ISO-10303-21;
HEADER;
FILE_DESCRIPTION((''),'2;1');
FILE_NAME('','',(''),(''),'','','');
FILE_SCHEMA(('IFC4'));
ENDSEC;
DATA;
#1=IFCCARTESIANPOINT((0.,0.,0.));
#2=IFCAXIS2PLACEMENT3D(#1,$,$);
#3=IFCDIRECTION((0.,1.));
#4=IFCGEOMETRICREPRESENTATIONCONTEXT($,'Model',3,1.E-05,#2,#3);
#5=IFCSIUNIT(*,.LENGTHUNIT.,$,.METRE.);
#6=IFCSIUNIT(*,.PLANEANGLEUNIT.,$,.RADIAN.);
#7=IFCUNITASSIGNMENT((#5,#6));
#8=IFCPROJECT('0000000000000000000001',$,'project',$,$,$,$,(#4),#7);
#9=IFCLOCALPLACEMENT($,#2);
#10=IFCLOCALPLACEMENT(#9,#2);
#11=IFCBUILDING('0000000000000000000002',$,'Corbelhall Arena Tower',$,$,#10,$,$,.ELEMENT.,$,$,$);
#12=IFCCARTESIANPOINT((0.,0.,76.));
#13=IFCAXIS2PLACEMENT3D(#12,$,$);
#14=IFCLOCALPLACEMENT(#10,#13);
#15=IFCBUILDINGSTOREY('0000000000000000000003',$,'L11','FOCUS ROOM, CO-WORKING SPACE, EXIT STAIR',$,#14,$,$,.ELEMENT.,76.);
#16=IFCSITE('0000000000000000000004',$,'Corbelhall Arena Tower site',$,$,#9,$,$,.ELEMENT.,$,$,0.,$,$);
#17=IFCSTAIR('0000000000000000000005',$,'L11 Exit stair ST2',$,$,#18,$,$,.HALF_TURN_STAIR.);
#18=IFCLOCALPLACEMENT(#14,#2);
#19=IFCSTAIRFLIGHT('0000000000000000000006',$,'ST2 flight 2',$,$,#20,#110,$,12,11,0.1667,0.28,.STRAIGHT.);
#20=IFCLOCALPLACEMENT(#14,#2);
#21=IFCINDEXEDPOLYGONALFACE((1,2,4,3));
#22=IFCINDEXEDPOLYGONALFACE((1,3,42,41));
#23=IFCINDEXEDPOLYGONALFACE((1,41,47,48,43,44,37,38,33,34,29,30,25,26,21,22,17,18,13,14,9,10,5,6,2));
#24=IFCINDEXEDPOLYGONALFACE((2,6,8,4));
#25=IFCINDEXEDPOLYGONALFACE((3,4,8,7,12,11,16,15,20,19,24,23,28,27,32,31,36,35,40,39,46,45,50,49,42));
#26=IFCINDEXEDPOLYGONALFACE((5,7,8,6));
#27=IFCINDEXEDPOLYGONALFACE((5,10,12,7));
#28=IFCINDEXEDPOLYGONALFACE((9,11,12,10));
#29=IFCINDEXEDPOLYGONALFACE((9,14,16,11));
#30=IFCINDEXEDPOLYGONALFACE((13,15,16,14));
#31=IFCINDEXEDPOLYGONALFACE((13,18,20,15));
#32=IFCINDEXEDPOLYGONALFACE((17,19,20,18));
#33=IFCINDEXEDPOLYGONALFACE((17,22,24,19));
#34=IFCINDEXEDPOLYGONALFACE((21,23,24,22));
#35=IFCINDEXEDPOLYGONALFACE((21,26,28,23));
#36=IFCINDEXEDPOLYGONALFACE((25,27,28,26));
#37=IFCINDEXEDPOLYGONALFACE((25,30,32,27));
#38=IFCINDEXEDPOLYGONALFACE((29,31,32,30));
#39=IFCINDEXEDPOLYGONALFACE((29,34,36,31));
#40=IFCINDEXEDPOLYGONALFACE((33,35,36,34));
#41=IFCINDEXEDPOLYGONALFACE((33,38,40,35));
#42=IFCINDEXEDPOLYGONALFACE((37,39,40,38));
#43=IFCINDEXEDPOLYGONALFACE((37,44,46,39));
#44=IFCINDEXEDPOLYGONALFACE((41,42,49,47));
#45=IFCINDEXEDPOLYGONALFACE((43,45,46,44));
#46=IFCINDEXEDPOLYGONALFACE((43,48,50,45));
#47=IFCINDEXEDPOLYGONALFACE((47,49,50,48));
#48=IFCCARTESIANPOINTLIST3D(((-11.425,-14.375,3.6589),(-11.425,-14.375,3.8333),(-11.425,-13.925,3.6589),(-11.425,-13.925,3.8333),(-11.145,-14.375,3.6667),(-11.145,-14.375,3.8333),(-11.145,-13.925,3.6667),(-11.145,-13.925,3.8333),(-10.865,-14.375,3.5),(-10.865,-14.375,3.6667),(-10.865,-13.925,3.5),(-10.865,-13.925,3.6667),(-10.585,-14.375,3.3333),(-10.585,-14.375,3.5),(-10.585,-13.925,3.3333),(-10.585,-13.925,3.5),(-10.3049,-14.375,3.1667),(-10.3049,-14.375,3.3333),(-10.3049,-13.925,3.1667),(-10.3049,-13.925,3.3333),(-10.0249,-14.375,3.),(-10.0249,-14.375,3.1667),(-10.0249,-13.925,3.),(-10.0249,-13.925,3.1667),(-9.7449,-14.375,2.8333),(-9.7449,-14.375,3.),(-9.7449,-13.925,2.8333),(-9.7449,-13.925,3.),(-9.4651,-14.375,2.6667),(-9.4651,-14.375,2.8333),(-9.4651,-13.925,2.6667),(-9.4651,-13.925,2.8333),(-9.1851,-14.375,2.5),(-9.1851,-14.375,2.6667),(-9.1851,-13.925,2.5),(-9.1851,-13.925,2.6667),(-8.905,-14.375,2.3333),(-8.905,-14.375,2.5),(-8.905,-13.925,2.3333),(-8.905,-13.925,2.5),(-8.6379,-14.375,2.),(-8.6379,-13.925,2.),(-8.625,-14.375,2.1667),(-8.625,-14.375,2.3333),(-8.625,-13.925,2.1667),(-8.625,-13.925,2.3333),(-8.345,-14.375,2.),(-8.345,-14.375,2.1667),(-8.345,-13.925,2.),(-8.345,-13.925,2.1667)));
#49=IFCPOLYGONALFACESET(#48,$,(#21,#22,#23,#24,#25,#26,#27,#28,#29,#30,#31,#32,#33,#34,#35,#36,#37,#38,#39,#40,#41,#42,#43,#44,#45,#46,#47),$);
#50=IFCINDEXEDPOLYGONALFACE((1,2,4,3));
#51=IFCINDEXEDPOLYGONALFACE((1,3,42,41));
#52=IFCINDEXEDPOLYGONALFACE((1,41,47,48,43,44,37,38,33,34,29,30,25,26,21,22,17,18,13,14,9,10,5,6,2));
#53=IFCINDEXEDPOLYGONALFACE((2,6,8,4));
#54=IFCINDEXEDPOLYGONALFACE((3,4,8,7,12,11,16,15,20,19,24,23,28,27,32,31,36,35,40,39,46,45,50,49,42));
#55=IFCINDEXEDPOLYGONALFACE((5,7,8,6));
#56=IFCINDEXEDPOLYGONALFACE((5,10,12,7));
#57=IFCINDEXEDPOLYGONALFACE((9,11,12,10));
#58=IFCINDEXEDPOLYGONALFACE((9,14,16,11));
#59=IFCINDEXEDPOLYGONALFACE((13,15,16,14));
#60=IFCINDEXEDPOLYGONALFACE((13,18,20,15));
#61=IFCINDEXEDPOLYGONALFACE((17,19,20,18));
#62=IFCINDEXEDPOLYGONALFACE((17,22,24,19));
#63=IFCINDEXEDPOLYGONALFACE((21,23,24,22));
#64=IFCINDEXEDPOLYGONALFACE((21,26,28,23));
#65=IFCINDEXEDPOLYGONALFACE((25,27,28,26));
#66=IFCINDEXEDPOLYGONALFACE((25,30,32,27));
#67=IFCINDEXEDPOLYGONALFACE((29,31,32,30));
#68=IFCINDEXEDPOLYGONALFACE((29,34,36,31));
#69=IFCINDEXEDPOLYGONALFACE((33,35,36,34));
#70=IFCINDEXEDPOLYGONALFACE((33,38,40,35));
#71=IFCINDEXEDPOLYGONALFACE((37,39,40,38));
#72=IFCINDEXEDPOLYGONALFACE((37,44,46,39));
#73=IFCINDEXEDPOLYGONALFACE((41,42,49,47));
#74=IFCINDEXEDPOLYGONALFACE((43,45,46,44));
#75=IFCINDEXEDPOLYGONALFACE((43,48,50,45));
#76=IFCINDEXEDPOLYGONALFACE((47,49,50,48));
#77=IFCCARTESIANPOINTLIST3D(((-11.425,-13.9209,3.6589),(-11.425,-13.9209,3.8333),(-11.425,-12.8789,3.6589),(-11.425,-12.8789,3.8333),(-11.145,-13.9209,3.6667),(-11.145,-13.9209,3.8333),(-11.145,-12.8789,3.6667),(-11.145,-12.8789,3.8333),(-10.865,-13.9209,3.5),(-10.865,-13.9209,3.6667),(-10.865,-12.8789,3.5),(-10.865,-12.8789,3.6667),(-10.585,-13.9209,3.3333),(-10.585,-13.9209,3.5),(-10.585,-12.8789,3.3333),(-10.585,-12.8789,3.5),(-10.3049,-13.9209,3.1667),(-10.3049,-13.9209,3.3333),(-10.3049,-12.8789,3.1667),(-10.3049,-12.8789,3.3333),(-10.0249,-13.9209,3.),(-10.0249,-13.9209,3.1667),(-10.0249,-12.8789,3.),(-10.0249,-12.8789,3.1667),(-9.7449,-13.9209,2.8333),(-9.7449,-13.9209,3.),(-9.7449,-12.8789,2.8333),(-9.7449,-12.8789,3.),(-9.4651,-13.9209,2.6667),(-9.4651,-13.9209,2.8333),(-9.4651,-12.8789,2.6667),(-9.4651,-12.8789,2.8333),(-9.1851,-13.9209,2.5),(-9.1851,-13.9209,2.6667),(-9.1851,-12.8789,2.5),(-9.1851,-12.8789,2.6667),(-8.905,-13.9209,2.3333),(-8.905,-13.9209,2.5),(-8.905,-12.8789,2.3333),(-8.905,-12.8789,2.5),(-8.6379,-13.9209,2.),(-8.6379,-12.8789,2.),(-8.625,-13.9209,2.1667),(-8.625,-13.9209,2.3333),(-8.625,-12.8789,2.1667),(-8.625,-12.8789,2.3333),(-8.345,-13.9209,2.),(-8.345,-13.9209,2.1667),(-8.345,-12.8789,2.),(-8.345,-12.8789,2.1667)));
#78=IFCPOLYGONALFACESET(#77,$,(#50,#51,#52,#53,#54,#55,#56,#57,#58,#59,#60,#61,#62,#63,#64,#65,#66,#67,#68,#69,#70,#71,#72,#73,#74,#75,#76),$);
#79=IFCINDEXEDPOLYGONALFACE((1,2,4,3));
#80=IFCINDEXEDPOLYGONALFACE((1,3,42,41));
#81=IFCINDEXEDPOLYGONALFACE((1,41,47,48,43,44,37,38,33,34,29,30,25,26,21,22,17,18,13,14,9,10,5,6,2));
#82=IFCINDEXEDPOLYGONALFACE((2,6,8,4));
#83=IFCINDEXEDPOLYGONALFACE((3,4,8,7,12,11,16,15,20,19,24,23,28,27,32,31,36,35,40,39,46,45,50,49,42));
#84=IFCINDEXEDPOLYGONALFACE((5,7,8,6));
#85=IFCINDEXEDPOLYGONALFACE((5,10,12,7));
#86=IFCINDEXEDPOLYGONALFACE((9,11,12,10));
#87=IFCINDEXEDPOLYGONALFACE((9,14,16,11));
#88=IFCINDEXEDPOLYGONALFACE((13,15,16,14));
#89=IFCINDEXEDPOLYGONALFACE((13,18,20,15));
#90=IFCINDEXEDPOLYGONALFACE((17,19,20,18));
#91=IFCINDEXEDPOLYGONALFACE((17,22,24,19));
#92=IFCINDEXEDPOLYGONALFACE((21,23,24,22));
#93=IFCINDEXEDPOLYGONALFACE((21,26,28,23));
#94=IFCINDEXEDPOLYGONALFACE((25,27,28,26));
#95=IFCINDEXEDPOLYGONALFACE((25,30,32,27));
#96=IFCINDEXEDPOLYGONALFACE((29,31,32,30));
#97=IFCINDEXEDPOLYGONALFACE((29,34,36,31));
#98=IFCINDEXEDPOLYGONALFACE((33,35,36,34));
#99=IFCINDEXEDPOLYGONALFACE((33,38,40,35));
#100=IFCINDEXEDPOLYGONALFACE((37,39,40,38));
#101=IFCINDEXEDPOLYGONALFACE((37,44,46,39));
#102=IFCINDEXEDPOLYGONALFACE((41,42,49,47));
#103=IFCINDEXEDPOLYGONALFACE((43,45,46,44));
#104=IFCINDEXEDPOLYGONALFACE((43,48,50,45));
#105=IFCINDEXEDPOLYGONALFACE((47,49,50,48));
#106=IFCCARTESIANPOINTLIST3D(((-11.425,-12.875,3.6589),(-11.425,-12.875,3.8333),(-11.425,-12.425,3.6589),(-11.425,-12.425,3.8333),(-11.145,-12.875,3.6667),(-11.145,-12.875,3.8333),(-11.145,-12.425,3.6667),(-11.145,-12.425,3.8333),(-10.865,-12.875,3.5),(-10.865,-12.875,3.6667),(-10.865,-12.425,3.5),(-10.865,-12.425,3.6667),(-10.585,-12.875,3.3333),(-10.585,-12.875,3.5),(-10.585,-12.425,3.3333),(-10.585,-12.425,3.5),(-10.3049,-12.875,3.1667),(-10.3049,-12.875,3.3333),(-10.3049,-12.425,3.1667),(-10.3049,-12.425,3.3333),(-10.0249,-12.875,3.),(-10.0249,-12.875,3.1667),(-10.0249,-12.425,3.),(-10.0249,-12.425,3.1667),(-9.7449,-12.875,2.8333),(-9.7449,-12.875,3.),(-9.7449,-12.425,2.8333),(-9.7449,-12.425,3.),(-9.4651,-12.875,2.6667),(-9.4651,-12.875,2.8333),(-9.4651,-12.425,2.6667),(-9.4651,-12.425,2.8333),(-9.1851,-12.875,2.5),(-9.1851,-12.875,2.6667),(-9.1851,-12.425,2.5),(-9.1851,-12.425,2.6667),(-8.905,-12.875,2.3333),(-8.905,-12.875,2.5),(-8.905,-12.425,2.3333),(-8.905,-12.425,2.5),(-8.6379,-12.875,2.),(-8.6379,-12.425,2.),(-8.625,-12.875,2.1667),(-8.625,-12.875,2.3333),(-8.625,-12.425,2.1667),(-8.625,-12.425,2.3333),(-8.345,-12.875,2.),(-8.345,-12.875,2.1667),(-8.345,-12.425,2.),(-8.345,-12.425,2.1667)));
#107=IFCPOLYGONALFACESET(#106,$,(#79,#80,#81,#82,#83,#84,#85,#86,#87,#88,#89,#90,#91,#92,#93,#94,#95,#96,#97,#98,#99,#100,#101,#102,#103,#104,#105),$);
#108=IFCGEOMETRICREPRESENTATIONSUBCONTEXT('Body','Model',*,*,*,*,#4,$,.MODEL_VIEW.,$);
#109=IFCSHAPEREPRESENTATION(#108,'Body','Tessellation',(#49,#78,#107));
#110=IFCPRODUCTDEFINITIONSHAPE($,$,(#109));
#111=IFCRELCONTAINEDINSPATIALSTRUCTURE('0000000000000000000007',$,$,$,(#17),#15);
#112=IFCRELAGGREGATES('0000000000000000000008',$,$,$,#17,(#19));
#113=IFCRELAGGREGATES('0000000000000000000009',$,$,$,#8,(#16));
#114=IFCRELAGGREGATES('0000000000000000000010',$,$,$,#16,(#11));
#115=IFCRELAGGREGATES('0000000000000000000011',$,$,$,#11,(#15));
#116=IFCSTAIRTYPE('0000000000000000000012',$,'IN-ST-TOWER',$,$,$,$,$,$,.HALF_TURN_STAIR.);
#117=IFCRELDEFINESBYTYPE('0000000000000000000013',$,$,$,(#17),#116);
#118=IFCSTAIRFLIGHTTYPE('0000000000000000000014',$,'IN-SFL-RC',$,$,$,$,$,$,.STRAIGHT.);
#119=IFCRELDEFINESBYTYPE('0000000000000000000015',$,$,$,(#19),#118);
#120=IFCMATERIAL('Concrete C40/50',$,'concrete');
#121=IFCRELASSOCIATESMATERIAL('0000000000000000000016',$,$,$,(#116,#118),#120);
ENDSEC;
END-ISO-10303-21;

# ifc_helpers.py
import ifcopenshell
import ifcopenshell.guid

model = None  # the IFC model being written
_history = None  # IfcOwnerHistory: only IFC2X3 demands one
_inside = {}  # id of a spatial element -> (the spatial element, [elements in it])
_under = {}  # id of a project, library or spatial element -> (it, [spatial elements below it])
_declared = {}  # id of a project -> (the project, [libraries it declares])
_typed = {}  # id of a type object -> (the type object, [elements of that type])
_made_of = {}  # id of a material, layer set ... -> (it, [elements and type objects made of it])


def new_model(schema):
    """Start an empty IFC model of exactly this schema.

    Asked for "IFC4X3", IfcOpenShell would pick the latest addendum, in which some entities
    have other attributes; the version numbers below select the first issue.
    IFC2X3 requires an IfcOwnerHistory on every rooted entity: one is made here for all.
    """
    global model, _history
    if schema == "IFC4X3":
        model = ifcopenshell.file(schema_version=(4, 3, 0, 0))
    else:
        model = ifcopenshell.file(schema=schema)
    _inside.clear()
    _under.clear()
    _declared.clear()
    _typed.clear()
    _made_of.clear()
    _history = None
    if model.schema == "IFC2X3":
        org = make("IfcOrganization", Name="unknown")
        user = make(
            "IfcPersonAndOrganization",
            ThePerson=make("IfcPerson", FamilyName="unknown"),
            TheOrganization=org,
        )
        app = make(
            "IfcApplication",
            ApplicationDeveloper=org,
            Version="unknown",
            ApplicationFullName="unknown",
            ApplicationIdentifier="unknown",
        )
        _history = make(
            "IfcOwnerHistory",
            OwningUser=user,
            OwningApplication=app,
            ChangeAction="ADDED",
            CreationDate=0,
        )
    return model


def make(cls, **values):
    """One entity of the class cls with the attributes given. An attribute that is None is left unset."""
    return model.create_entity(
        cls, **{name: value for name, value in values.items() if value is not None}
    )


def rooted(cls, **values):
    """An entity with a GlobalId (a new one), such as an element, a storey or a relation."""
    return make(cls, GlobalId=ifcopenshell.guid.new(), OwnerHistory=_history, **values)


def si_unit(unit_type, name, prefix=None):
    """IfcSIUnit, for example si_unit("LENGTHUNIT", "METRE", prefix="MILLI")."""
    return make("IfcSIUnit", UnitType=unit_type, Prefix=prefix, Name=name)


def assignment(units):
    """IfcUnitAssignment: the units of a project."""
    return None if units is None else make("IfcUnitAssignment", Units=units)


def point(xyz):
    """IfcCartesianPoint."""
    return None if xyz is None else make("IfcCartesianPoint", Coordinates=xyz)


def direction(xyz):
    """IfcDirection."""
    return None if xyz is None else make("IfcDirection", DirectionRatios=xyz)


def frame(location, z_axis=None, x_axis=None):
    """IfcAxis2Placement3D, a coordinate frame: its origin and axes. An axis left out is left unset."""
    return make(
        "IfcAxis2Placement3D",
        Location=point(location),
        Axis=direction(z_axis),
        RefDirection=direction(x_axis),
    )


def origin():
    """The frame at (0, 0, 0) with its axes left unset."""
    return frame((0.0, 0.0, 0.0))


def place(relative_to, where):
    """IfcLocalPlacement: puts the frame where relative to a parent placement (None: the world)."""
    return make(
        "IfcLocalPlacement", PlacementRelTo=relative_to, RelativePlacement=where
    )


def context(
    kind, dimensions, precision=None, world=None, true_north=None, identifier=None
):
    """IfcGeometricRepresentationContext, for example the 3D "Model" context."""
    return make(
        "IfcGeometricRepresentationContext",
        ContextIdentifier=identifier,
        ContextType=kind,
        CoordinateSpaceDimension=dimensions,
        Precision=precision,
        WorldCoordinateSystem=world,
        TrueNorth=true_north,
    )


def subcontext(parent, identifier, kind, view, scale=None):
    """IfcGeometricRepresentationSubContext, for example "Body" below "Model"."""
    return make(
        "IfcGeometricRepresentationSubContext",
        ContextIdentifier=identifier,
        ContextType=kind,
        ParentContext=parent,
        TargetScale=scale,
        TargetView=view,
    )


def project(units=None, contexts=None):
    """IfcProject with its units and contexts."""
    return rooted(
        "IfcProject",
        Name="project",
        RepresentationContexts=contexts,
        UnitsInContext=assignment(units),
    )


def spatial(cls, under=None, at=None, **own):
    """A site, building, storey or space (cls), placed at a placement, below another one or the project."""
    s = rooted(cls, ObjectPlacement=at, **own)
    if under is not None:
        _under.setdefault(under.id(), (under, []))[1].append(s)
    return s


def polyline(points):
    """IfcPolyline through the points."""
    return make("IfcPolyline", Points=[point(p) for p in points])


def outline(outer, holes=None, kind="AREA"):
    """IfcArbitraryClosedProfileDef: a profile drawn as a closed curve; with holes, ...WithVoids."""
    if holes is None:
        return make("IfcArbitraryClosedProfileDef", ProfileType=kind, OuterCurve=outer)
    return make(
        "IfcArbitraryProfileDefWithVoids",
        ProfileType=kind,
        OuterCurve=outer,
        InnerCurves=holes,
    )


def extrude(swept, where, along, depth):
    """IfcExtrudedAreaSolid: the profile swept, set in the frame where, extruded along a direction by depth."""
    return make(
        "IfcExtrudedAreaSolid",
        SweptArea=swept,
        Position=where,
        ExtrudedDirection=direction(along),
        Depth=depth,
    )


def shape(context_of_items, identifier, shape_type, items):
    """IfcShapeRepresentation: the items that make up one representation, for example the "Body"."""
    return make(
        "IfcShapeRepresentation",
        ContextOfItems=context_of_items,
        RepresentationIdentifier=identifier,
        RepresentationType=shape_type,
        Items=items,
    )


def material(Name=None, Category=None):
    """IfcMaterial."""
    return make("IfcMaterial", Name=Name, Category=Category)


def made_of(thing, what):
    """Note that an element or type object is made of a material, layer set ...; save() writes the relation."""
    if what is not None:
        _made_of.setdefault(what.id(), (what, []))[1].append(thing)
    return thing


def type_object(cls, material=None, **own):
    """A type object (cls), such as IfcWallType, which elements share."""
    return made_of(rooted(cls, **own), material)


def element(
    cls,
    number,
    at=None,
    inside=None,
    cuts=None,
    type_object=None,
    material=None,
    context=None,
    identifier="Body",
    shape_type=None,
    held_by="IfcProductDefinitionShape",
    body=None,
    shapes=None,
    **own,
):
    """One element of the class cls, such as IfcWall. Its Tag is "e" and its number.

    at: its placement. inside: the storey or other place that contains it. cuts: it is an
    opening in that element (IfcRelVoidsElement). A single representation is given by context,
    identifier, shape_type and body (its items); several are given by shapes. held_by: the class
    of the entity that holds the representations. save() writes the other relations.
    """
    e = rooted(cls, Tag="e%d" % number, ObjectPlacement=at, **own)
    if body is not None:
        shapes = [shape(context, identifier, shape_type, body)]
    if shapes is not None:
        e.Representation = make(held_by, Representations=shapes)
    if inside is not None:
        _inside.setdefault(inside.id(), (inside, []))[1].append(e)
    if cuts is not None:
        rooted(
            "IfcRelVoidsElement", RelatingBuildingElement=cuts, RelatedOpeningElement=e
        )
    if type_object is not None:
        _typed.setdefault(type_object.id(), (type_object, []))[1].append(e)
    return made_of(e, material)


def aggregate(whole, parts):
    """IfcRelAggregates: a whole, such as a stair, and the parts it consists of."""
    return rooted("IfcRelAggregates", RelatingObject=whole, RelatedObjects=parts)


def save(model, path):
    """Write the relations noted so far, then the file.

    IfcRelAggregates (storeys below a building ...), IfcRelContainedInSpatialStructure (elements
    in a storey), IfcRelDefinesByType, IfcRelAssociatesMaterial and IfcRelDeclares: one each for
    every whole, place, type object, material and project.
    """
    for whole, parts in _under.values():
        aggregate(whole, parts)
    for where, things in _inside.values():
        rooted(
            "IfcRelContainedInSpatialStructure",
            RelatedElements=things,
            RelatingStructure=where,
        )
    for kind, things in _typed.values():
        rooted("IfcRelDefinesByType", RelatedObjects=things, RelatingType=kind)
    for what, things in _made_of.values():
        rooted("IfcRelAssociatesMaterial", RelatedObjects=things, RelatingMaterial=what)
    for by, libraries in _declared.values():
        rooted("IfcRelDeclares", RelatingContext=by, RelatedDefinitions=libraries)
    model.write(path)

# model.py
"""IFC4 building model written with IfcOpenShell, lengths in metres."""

from ifc_helpers import new_model, si_unit, direction, frame, origin, place, context, subcontext, project, spatial, polyline, outline, extrude, material, type_object, element, aggregate, save


model = new_model("IFC4")

# Units and contexts
model_context = context("Model", 3, precision=1e-05, world=origin(), true_north=direction((0.0, 1.0)))
body_context = subcontext(model_context, "Body", "Model", "MODEL_VIEW")
ifc_project = project(units=[si_unit("LENGTHUNIT", "METRE"), si_unit("PLANEANGLEUNIT", "RADIAN")], contexts=[model_context])

# Site, building, storey
site_placement = place(None, origin())
site = spatial("IfcSite", under=ifc_project, at=site_placement, Name="Corbelhall Arena Tower site", CompositionType="ELEMENT", RefElevation=0.0)
building_placement = place(site_placement, origin())
building = spatial("IfcBuilding", under=site, at=building_placement, Name="Corbelhall Arena Tower", CompositionType="ELEMENT")
storey_placement = place(building_placement, frame((0.0, 0.0, 76.0)))
storey = spatial("IfcBuildingStorey", under=building, at=storey_placement, Name="L11", Description="FOCUS ROOM, CO-WORKING SPACE, EXIT STAIR", CompositionType="ELEMENT", Elevation=76.0)

# Shared definitions
ifc_material_1 = material(Name="Concrete C40/50", Category="concrete")

# Stair, stair flight
stair_type = type_object("IfcStairType", Name="IN-ST-TOWER", PredefinedType="HALF_TURN_STAIR", material=ifc_material_1)
stair_placement = place(storey_placement, origin())
stair = element("IfcStair", 1, at=stair_placement, inside=storey, type_object=stair_type, Name="L11 Exit stair ST2", PredefinedType="HALF_TURN_STAIR")
stair_flight_type = type_object("IfcStairFlightType", Name="IN-SFL-RC", PredefinedType="STRAIGHT", material=ifc_material_1)
stair_flight_placement = place(storey_placement, frame((-8.345, -13.3999, 2.0), z_axis=(0.0, 0.0, 1.0), x_axis=(-1.0, 0.0, 0.0)))
stair_flight = element("IfcStairFlight", 2, at=stair_flight_placement, type_object=stair_flight_type, Name="ST2 flight 2", NumberOfRisers=12, NumberOfTreads=11, PredefinedType="STRAIGHT", RiserHeight=0.1667, TreadLength=0.28, context=body_context, shape_type="SweptSolid", body=[
    extrude(outline(polyline([(0.0, 0.0), (0.0, 0.1667), (0.28, 0.1667), (0.28, 0.3333), (0.5601, 0.3333), (0.5601, 0.5), (0.8401, 0.5), (0.8401, 0.6667), (1.1201, 0.6667), (1.1201, 0.8333), (1.3999, 0.8333), (1.3999, 1.0), (1.6799, 1.0), (1.6799, 1.1667), (1.96, 1.1667), (1.96, 1.3333), (2.24, 1.3333), (2.24, 1.5), (2.52, 1.5), (2.52, 1.6667), (2.8, 1.6667), (2.8, 1.8333), (3.0801, 1.8333), (3.0801, 2.0), (3.0801, 1.6589), (0.293, 0.0), (0.0, 0.0)])), frame((0.0, 0.9751, 0.0), z_axis=(0.0, -1.0, 0.0), x_axis=(1.0, 0.0, 0.0)), (0.0, 0.0, 1.0), 0.45),
    extrude(outline(polyline([(0.0, 0.0), (0.0, 0.1667), (0.28, 0.1667), (0.28, 0.3333), (0.5601, 0.3333), (0.5601, 0.5), (0.8401, 0.5), (0.8401, 0.6667), (1.1201, 0.6667), (1.1201, 0.8333), (1.3999, 0.8333), (1.3999, 1.0), (1.6799, 1.0), (1.6799, 1.1667), (1.96, 1.1667), (1.96, 1.3333), (2.24, 1.3333), (2.24, 1.5), (2.52, 1.5), (2.52, 1.6667), (2.8, 1.6667), (2.8, 1.8333), (3.0801, 1.8333), (3.0801, 2.0), (3.0801, 1.6589), (0.293, 0.0), (0.0, 0.0)])), frame((0.0, 0.521, 0.0), z_axis=(0.0, -1.0, 0.0), x_axis=(1.0, 0.0, 0.0)), (0.0, 0.0, 1.0), 1.042),
    extrude(outline(polyline([(0.0, 0.0), (0.0, 0.1667), (0.28, 0.1667), (0.28, 0.3333), (0.5601, 0.3333), (0.5601, 0.5), (0.8401, 0.5), (0.8401, 0.6667), (1.1201, 0.6667), (1.1201, 0.8333), (1.3999, 0.8333), (1.3999, 1.0), (1.6799, 1.0), (1.6799, 1.1667), (1.96, 1.1667), (1.96, 1.3333), (2.24, 1.3333), (2.24, 1.5), (2.52, 1.5), (2.52, 1.6667), (2.8, 1.6667), (2.8, 1.8333), (3.0801, 1.8333), (3.0801, 2.0), (3.0801, 1.6589), (0.293, 0.0), (0.0, 0.0)])), frame((0.0, -0.5249, 0.0), z_axis=(0.0, -1.0, 0.0), x_axis=(1.0, 0.0, 0.0)), (0.0, 0.0, 1.0), 0.45),
])
aggregate(stair, [stair_flight])

save(model, "model.ifc")
